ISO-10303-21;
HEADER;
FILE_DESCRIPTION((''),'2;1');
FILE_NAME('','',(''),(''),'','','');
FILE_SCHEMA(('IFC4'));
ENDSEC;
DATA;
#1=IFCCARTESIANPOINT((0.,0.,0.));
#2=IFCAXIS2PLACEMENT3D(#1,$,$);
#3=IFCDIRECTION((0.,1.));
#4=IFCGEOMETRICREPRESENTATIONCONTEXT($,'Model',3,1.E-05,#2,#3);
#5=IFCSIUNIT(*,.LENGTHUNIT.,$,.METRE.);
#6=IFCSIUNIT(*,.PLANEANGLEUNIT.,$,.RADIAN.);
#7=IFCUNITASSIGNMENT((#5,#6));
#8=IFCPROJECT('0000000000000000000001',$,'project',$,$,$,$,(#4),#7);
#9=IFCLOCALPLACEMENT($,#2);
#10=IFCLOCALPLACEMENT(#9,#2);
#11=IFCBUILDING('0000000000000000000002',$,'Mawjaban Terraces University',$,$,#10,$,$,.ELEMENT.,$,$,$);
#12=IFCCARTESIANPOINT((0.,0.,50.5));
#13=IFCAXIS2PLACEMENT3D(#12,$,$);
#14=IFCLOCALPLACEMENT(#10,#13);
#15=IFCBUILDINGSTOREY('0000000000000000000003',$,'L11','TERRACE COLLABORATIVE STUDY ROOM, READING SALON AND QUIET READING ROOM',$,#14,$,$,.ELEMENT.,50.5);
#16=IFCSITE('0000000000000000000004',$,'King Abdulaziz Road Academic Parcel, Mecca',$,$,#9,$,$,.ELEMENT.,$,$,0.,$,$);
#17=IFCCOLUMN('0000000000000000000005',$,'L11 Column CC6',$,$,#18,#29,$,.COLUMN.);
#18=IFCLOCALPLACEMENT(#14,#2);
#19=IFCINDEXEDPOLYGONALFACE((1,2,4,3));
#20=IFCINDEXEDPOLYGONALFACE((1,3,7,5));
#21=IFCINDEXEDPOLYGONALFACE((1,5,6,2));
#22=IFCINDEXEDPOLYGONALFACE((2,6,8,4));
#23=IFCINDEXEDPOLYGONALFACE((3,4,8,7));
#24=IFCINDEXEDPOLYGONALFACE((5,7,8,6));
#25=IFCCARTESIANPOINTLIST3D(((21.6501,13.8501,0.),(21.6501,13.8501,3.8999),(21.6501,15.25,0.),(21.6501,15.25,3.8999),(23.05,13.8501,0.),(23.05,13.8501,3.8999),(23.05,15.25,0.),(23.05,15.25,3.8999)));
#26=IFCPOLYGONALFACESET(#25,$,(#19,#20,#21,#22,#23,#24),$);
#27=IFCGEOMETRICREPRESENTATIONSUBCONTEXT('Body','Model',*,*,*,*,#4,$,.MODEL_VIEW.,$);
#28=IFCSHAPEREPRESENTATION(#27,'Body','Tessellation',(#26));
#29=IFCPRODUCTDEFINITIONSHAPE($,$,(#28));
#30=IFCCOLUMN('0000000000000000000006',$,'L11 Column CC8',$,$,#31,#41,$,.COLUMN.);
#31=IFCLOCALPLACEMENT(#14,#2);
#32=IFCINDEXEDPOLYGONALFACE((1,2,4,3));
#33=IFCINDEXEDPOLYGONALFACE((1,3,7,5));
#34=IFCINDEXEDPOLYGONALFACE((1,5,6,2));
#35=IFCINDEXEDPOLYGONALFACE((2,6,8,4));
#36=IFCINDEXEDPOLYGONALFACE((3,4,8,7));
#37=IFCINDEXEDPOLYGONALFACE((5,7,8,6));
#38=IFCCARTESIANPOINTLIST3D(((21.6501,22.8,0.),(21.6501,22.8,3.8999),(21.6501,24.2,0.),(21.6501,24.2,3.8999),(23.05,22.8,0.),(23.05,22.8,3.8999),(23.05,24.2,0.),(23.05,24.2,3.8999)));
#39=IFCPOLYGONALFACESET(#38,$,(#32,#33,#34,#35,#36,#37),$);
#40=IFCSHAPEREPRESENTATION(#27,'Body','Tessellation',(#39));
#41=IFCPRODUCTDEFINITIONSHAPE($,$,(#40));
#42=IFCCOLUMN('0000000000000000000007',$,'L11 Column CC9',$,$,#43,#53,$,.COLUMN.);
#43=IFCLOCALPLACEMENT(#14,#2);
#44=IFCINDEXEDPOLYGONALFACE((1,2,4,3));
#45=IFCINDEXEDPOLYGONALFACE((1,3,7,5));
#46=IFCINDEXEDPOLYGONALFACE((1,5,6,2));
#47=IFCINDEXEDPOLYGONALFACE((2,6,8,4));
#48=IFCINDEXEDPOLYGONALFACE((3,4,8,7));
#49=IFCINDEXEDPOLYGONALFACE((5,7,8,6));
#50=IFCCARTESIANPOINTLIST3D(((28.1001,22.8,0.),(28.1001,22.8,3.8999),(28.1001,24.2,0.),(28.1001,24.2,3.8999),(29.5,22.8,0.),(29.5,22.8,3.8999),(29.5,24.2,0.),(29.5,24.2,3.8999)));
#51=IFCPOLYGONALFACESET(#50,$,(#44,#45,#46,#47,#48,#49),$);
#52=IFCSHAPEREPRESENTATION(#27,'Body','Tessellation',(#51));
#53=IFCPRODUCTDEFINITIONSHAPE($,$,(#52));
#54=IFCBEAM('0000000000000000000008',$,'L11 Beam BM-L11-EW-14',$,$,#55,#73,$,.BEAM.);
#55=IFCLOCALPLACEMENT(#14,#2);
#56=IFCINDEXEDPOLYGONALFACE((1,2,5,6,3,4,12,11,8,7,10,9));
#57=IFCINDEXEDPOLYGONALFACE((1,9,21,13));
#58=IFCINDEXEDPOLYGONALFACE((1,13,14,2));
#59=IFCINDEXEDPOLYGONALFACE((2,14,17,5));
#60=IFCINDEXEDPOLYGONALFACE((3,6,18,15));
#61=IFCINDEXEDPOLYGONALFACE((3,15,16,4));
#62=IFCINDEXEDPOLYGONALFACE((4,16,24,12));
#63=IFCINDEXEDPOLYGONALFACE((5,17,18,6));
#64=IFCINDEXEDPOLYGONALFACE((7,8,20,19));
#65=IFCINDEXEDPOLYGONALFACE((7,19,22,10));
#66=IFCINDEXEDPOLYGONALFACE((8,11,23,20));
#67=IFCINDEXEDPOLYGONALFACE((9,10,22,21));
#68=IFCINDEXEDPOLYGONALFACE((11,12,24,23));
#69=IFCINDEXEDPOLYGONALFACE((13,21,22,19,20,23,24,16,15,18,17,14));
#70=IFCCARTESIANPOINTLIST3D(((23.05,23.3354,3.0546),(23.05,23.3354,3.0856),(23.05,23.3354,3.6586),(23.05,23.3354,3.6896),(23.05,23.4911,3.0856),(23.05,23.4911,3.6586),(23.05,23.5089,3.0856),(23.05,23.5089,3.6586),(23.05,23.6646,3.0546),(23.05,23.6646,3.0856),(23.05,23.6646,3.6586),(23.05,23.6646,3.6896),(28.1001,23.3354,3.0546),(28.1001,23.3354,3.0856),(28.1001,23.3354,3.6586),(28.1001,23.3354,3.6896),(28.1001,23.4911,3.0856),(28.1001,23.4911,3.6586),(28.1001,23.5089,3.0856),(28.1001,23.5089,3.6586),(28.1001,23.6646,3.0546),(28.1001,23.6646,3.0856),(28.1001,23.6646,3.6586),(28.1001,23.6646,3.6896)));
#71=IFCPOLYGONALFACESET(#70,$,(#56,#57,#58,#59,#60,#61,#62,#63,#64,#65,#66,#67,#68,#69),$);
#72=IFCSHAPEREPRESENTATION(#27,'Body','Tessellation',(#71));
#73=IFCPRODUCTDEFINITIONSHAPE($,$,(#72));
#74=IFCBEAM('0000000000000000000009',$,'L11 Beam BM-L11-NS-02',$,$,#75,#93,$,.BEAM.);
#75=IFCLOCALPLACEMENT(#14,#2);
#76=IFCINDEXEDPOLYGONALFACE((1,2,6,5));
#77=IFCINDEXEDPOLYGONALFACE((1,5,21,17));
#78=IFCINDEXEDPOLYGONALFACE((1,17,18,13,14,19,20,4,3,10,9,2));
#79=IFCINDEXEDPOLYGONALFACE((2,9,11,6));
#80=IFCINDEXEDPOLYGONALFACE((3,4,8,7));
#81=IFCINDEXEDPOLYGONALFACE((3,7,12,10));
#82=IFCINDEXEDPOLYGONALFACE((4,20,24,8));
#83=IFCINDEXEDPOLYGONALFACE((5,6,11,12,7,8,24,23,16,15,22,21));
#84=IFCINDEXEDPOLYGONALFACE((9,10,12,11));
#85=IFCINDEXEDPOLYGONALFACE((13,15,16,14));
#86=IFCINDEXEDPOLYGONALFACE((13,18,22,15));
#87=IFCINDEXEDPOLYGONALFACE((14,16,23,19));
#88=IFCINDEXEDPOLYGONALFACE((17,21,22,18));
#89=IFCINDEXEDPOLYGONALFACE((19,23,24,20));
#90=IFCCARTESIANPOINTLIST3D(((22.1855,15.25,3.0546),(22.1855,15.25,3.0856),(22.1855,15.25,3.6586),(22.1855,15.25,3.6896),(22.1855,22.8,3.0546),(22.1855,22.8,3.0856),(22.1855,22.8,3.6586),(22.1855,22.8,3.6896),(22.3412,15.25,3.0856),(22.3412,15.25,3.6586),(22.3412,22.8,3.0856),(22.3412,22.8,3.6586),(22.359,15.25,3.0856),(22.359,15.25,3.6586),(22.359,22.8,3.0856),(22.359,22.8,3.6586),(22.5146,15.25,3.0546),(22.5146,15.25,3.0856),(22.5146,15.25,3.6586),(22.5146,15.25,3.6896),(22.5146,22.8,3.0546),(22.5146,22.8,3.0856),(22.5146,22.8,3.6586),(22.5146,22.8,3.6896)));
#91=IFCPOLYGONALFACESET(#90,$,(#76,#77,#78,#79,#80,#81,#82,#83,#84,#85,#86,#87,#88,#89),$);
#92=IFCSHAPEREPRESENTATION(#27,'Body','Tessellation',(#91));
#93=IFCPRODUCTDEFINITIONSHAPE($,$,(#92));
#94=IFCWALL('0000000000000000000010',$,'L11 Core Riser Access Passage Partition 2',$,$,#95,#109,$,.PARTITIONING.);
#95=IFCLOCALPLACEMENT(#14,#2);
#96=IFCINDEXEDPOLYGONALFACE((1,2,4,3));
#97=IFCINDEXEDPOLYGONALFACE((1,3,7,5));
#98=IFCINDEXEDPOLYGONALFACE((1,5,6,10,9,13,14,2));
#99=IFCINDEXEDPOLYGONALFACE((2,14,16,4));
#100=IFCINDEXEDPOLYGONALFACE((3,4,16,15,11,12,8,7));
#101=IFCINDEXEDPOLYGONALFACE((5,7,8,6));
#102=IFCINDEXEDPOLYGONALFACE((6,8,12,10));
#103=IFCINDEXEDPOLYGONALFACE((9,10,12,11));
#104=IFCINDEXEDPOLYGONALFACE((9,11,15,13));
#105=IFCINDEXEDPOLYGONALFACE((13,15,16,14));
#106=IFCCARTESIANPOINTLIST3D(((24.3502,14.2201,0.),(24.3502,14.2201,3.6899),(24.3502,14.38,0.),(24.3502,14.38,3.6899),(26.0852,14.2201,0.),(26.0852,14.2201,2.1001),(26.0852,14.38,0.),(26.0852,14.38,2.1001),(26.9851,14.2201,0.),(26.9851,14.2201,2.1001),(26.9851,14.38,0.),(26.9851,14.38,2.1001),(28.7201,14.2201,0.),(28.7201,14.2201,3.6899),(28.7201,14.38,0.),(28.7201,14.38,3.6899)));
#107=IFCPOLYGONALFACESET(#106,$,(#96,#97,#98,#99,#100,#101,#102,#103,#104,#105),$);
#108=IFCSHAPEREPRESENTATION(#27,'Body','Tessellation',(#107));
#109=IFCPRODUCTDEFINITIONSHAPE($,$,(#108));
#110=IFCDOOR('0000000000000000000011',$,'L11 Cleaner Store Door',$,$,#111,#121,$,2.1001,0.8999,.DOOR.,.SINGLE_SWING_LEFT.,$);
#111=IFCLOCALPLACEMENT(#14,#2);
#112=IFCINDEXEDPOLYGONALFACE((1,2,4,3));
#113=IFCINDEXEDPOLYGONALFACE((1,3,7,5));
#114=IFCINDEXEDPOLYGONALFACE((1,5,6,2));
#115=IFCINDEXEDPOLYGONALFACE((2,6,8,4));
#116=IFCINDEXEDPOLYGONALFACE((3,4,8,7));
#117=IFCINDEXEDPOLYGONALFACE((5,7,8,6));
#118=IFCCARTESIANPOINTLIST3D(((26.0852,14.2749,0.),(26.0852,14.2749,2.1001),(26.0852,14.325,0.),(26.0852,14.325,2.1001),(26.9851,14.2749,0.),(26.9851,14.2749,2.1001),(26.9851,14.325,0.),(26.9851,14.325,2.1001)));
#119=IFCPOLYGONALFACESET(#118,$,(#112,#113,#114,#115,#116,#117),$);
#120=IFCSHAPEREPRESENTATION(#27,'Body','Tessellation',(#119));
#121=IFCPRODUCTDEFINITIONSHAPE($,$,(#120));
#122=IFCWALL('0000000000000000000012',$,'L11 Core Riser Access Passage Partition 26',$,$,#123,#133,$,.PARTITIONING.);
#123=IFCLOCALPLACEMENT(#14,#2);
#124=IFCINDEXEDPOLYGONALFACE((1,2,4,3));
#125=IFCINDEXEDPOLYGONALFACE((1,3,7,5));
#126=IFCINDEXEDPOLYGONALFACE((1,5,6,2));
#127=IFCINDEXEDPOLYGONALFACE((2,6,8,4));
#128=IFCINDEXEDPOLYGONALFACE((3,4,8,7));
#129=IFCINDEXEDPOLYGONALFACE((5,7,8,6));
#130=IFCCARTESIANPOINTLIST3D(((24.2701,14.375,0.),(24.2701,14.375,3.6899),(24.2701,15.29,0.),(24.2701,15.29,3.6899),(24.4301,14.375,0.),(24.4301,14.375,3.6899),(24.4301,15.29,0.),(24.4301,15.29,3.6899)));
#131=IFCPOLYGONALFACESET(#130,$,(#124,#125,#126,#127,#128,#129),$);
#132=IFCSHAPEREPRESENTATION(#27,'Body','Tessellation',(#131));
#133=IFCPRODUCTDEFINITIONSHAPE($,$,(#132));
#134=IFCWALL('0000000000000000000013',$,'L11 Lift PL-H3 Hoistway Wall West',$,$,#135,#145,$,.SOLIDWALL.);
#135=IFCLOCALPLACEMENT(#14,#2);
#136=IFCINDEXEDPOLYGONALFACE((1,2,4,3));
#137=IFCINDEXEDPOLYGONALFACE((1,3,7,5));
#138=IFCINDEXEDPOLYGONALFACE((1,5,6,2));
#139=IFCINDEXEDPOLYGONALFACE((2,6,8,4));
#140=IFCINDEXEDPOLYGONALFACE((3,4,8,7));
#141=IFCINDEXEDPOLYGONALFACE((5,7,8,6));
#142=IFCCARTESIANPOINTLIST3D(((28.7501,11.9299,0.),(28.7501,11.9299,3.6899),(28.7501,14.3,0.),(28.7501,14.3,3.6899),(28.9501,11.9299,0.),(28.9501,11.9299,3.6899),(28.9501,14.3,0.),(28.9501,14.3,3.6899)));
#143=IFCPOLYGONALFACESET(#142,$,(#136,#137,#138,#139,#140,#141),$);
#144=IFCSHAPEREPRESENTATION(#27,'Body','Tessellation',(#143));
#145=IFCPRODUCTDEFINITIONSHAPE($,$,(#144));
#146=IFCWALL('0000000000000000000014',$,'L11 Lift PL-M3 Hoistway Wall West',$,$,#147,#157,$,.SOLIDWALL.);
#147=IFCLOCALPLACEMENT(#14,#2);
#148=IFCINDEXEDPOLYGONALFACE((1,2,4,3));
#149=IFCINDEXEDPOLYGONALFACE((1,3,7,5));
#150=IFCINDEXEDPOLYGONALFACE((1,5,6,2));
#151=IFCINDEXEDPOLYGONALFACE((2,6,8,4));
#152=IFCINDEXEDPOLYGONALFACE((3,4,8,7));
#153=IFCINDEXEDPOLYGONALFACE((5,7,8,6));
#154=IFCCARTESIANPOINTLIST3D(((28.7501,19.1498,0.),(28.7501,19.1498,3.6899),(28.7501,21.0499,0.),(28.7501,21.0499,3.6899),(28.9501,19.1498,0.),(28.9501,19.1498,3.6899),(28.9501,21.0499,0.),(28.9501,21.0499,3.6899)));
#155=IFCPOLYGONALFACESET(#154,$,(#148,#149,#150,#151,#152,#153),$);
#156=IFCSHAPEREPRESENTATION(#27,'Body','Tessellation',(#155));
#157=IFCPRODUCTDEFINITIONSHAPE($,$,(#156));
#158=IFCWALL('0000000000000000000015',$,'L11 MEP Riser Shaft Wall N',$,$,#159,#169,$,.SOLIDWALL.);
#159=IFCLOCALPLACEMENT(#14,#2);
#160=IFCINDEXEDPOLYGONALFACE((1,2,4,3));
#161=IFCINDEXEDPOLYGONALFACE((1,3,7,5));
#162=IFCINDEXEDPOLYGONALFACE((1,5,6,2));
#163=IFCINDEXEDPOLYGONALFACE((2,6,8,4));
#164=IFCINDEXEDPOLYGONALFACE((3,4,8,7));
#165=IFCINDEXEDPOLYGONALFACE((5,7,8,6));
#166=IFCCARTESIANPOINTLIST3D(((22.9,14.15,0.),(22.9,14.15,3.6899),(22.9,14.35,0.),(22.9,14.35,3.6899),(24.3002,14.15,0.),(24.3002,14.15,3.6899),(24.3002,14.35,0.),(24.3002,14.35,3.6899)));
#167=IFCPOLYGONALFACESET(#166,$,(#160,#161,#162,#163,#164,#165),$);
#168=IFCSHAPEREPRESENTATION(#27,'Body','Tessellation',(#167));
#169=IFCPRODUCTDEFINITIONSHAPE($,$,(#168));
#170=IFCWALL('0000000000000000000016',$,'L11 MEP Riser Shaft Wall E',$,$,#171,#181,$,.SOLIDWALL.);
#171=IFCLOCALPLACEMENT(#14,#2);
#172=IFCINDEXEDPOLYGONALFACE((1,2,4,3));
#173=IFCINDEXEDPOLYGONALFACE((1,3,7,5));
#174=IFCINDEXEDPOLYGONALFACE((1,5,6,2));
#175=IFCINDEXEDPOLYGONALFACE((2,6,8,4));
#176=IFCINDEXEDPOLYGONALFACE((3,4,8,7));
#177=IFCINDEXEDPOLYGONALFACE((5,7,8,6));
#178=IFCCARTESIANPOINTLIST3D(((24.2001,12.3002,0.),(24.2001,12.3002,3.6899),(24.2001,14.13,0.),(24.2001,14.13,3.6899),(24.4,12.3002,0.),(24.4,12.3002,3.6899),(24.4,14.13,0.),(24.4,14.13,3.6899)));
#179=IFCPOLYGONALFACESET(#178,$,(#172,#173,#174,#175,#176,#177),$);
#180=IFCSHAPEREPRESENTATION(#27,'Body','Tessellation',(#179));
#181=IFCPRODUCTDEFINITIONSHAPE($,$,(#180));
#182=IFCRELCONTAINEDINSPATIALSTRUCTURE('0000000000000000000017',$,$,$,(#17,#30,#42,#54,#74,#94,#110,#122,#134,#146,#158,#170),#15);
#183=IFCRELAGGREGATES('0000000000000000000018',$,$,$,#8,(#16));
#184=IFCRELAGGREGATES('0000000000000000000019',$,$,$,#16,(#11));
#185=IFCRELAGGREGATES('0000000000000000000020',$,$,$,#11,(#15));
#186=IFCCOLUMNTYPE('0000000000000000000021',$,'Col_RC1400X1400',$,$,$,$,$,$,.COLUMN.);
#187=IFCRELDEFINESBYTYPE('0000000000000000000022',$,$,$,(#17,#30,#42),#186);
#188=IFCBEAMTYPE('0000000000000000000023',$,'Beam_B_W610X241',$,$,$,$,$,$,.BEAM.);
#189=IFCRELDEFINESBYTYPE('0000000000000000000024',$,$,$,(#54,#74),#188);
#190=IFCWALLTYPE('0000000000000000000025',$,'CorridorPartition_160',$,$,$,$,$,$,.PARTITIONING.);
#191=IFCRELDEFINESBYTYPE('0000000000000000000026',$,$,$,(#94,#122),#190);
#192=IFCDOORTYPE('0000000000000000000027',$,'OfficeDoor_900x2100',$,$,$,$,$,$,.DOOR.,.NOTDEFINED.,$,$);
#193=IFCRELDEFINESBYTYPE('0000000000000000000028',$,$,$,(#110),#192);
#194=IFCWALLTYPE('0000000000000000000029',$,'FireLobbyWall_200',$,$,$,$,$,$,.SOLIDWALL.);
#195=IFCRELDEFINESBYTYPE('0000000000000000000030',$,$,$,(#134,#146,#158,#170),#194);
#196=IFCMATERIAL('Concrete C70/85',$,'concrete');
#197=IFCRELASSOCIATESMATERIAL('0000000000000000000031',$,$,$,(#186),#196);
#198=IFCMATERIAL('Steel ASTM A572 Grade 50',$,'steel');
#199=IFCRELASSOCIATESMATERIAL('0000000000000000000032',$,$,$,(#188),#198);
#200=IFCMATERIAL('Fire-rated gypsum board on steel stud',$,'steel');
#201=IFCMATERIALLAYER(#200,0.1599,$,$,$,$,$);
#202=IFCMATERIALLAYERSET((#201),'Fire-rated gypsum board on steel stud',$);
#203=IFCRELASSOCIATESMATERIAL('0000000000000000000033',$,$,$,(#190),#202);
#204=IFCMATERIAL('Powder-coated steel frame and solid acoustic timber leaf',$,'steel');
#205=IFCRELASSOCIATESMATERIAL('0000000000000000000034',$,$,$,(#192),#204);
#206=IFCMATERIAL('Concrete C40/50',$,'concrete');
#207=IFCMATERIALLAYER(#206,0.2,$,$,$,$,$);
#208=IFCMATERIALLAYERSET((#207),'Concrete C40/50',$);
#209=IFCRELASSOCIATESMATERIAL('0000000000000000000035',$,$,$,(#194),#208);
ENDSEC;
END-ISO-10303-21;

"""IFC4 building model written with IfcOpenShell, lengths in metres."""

from ifc_helpers import new_model, si_unit, direction, frame, frame_2d, origin, origin_2d, place, context, subcontext, project, spatial, rectangle, i_section, extrude, material, layer, layer_set, material_profile, profile_set, type_object, element, fill, save


model = new_model("IFC4")

# Units and contexts
model_context = context("Model", 3, precision=1e-05, world=origin(), true_north=direction((0.0, 1.0)))
body_context = subcontext(model_context, "Body", "Model", "MODEL_VIEW")
ifc_project = project(units=[si_unit("LENGTHUNIT", "METRE"), si_unit("PLANEANGLEUNIT", "RADIAN")], contexts=[model_context])

# Site, building, storey
site_placement = place(None, origin())
site = spatial("IfcSite", under=ifc_project, at=site_placement, Name="King Abdulaziz Road Academic Parcel, Mecca", CompositionType="ELEMENT", RefElevation=0.0)
building_placement = place(site_placement, origin())
building = spatial("IfcBuilding", under=site, at=building_placement, Name="Mawjaban Terraces University", CompositionType="ELEMENT")
storey_placement = place(building_placement, frame((0.0, 0.0, 50.5)))
storey = spatial("IfcBuildingStorey", under=building, at=storey_placement, Name="L11", Description="TERRACE COLLABORATIVE STUDY ROOM, READING SALON AND QUIET READING ROOM", CompositionType="ELEMENT", Elevation=50.5)

# Columns
ifc_material_1 = material(Name="Concrete C70/85", Category="concrete")
ifc_material_profile_1 = material_profile(ifc_material_1, rectangle(XDim=1.3999, YDim=1.3999, at=origin_2d()), Name="RC1400X1400")
ifc_profile_set_1 = profile_set([ifc_material_profile_1], Name="Concrete C70/85")
column_type = type_object("IfcColumnType", Name="Col_RC1400X1400", PredefinedType="COLUMN", material=ifc_profile_set_1)
for number, where, z_axis, x_axis, name in (
    (1, (22.3501, 14.55, 0.0), (0.0, 0.0, 1.0), (1.0, 0.0, 0.0), "L11 Column CC6"),
    (2, (22.3501, 23.5, 0.0), (0.0, 0.0, 1.0), (1.0, 0.0, 0.0), "L11 Column CC8"),
    (3, (28.8, 23.5, 0.0), (0.0, 0.0, 1.0), (1.0, 0.0, 0.0), "L11 Column CC9"),
):
    element("IfcColumn", number, at=place(storey_placement, frame(where, z_axis=z_axis, x_axis=x_axis)), inside=storey, type_object=column_type, Name=name, PredefinedType="COLUMN", context=body_context, shape_type="SweptSolid", body=[
        extrude(rectangle(XDim=1.3999, YDim=1.3999, at=origin_2d()), origin(), (0.0, 0.0, 1.0), 3.8999),
    ])

# Beams
ifc_material_2 = material(Name="Steel ASTM A572 Grade 50", Category="steel")
ifc_material_profile_2 = material_profile(ifc_material_2, i_section(OverallWidth=0.3291, OverallDepth=0.635, WebThickness=0.0178, FlangeThickness=0.031, at=origin_2d()), Name="W610X241")
ifc_profile_set_2 = profile_set([ifc_material_profile_2], Name="Steel ASTM A572 Grade 50")
beam_type = type_object("IfcBeamType", Name="Beam_B_W610X241", PredefinedType="BEAM", material=ifc_profile_set_2)
beam_1_placement = place(storey_placement, frame((23.05, 23.5, 3.3721), z_axis=(1.0, 0.0, 0.0), x_axis=(0.0, 1.0, 0.0)))
element("IfcBeam", 4, at=beam_1_placement, inside=storey, type_object=beam_type, Name="L11 Beam BM-L11-EW-14", PredefinedType="BEAM", context=body_context, shape_type="SweptSolid", body=[
    extrude(i_section(OverallWidth=0.3291, OverallDepth=0.635, WebThickness=0.0178, FlangeThickness=0.031, at=origin_2d()), origin(), (0.0, 0.0, 1.0), 5.05),
])
beam_2_placement = place(storey_placement, frame((22.3501, 15.25, 3.3721), z_axis=(0.0, 1.0, 0.0), x_axis=(-1.0, 0.0, 0.0)))
element("IfcBeam", 5, at=beam_2_placement, inside=storey, type_object=beam_type, Name="L11 Beam BM-L11-NS-02", PredefinedType="BEAM", context=body_context, shape_type="SweptSolid", body=[
    extrude(i_section(OverallWidth=0.3291, OverallDepth=0.635, WebThickness=0.0178, FlangeThickness=0.031, at=origin_2d()), origin(), (0.0, 0.0, 1.0), 7.55),
])

# Wall, opening, door
ifc_material_3 = material(Name="Fire-rated gypsum board on steel stud", Category="steel")
ifc_layer_1 = layer(ifc_material_3, 0.1599)
ifc_layer_set_1 = layer_set([ifc_layer_1], Name="Fire-rated gypsum board on steel stud")
wall_type_1 = type_object("IfcWallType", Name="CorridorPartition_160", PredefinedType="PARTITIONING", material=ifc_layer_set_1)
wall_1_placement = place(storey_placement, frame((24.3501, 14.3, 0.0), z_axis=(0.0, 0.0, 1.0), x_axis=(1.0, 0.0, 0.0)))
wall_1 = element("IfcWall", 6, at=wall_1_placement, inside=storey, type_object=wall_type_1, Name="L11 Core Riser Access Passage Partition 2", PredefinedType="PARTITIONING", context=body_context, shape_type="SweptSolid", body=[
    extrude(rectangle(XDim=4.3699, YDim=0.1599, at=frame_2d((2.1851, 0.0))), origin(), (0.0, 0.0, 1.0), 3.6899),
])
opening_placement = place(wall_1_placement, frame((1.7351, 0.0, 0.0)))
opening = element("IfcOpeningElement", 7, at=opening_placement, cuts=wall_1, PredefinedType="OPENING", context=body_context, shape_type="SweptSolid", body=[
    extrude(rectangle(XDim=0.8999, YDim=2.1001, at=frame_2d((0.45, 1.05))), frame((0.0, 0.0898, 0.0), z_axis=(0.0, -1.0, 0.0), x_axis=(1.0, 0.0, 0.0)), (0.0, 0.0, 1.0), 0.1799),
])
ifc_material_4 = material(Name="Powder-coated steel frame and solid acoustic timber leaf", Category="steel")
door_type = type_object("IfcDoorType", Name="OfficeDoor_900x2100", OperationType="NOTDEFINED", PredefinedType="DOOR", material=ifc_material_4)
door_placement = place(opening_placement, origin())
door = element("IfcDoor", 8, at=door_placement, inside=storey, type_object=door_type, Name="L11 Cleaner Store Door", OperationType="SINGLE_SWING_LEFT", OverallHeight=2.1001, OverallWidth=0.8999, PredefinedType="DOOR", context=body_context, shape_type="SweptSolid", body=[
    extrude(rectangle(XDim=0.8999, YDim=2.1001, at=frame_2d((0.45, 1.05))), frame((0.0, 0.0249, 0.0), z_axis=(0.0, -1.0, 0.0), x_axis=(1.0, 0.0, 0.0)), (0.0, 0.0, 1.0), 0.05),
])
fill(opening, door)

# Walls
wall_2_placement = place(storey_placement, frame((24.3501, 15.29, 0.0), z_axis=(0.0, 0.0, 1.0), x_axis=(0.0, -1.0, 0.0)))
element("IfcWall", 9, at=wall_2_placement, inside=storey, type_object=wall_type_1, Name="L11 Core Riser Access Passage Partition 26", PredefinedType="PARTITIONING", context=body_context, shape_type="SweptSolid", body=[
    extrude(rectangle(XDim=0.915, YDim=0.1599, at=frame_2d((0.4575, 0.0))), origin(), (0.0, 0.0, 1.0), 3.6899),
])
ifc_material_5 = material(Name="Concrete C40/50", Category="concrete")
ifc_layer_2 = layer(ifc_material_5, 0.2)
ifc_layer_set_2 = layer_set([ifc_layer_2], Name="Concrete C40/50")
wall_type_2 = type_object("IfcWallType", Name="FireLobbyWall_200", PredefinedType="SOLIDWALL", material=ifc_layer_set_2)
wall_3_placement = place(storey_placement, frame((28.8501, 14.3, 0.0), z_axis=(0.0, 0.0, 1.0), x_axis=(0.0, -1.0, 0.0)))
element("IfcWall", 10, at=wall_3_placement, inside=storey, type_object=wall_type_2, Name="L11 Lift PL-H3 Hoistway Wall West", PredefinedType="SOLIDWALL", context=body_context, shape_type="SweptSolid", body=[
    extrude(rectangle(XDim=2.3701, YDim=0.2, at=frame_2d((1.1851, 0.0))), origin(), (0.0, 0.0, 1.0), 3.6899),
])
wall_4_placement = place(storey_placement, frame((28.8501, 21.05, 0.0), z_axis=(0.0, 0.0, 1.0), x_axis=(0.0, -1.0, 0.0)))
element("IfcWall", 11, at=wall_4_placement, inside=storey, type_object=wall_type_2, Name="L11 Lift PL-M3 Hoistway Wall West", PredefinedType="SOLIDWALL", context=body_context, shape_type="SweptSolid", body=[
    extrude(rectangle(XDim=1.9001, YDim=0.2, at=frame_2d((0.9502, 0.0))), origin(), (0.0, 0.0, 1.0), 3.6899),
])
wall_5_placement = place(storey_placement, frame((22.8999, 14.25, 0.0), z_axis=(0.0, 0.0, 1.0), x_axis=(1.0, 0.0, 0.0)))
element("IfcWall", 12, at=wall_5_placement, inside=storey, type_object=wall_type_2, Name="L11 MEP Riser Shaft Wall N", PredefinedType="SOLIDWALL", context=body_context, shape_type="SweptSolid", body=[
    extrude(rectangle(XDim=1.4001, YDim=0.2, at=frame_2d((0.7002, 0.0))), origin(), (0.0, 0.0, 1.0), 3.6899),
])
wall_6_placement = place(storey_placement, frame((24.3, 12.3, 0.0), z_axis=(0.0, 0.0, 1.0), x_axis=(0.0, 1.0, 0.0)))
element("IfcWall", 13, at=wall_6_placement, inside=storey, type_object=wall_type_2, Name="L11 MEP Riser Shaft Wall E", PredefinedType="SOLIDWALL", context=body_context, shape_type="SweptSolid", body=[
    extrude(rectangle(XDim=1.8298, YDim=0.2, at=frame_2d((0.915, 0.0))), origin(), (0.0, 0.0, 1.0), 3.6899),
])

save(model, "model.ifc")
